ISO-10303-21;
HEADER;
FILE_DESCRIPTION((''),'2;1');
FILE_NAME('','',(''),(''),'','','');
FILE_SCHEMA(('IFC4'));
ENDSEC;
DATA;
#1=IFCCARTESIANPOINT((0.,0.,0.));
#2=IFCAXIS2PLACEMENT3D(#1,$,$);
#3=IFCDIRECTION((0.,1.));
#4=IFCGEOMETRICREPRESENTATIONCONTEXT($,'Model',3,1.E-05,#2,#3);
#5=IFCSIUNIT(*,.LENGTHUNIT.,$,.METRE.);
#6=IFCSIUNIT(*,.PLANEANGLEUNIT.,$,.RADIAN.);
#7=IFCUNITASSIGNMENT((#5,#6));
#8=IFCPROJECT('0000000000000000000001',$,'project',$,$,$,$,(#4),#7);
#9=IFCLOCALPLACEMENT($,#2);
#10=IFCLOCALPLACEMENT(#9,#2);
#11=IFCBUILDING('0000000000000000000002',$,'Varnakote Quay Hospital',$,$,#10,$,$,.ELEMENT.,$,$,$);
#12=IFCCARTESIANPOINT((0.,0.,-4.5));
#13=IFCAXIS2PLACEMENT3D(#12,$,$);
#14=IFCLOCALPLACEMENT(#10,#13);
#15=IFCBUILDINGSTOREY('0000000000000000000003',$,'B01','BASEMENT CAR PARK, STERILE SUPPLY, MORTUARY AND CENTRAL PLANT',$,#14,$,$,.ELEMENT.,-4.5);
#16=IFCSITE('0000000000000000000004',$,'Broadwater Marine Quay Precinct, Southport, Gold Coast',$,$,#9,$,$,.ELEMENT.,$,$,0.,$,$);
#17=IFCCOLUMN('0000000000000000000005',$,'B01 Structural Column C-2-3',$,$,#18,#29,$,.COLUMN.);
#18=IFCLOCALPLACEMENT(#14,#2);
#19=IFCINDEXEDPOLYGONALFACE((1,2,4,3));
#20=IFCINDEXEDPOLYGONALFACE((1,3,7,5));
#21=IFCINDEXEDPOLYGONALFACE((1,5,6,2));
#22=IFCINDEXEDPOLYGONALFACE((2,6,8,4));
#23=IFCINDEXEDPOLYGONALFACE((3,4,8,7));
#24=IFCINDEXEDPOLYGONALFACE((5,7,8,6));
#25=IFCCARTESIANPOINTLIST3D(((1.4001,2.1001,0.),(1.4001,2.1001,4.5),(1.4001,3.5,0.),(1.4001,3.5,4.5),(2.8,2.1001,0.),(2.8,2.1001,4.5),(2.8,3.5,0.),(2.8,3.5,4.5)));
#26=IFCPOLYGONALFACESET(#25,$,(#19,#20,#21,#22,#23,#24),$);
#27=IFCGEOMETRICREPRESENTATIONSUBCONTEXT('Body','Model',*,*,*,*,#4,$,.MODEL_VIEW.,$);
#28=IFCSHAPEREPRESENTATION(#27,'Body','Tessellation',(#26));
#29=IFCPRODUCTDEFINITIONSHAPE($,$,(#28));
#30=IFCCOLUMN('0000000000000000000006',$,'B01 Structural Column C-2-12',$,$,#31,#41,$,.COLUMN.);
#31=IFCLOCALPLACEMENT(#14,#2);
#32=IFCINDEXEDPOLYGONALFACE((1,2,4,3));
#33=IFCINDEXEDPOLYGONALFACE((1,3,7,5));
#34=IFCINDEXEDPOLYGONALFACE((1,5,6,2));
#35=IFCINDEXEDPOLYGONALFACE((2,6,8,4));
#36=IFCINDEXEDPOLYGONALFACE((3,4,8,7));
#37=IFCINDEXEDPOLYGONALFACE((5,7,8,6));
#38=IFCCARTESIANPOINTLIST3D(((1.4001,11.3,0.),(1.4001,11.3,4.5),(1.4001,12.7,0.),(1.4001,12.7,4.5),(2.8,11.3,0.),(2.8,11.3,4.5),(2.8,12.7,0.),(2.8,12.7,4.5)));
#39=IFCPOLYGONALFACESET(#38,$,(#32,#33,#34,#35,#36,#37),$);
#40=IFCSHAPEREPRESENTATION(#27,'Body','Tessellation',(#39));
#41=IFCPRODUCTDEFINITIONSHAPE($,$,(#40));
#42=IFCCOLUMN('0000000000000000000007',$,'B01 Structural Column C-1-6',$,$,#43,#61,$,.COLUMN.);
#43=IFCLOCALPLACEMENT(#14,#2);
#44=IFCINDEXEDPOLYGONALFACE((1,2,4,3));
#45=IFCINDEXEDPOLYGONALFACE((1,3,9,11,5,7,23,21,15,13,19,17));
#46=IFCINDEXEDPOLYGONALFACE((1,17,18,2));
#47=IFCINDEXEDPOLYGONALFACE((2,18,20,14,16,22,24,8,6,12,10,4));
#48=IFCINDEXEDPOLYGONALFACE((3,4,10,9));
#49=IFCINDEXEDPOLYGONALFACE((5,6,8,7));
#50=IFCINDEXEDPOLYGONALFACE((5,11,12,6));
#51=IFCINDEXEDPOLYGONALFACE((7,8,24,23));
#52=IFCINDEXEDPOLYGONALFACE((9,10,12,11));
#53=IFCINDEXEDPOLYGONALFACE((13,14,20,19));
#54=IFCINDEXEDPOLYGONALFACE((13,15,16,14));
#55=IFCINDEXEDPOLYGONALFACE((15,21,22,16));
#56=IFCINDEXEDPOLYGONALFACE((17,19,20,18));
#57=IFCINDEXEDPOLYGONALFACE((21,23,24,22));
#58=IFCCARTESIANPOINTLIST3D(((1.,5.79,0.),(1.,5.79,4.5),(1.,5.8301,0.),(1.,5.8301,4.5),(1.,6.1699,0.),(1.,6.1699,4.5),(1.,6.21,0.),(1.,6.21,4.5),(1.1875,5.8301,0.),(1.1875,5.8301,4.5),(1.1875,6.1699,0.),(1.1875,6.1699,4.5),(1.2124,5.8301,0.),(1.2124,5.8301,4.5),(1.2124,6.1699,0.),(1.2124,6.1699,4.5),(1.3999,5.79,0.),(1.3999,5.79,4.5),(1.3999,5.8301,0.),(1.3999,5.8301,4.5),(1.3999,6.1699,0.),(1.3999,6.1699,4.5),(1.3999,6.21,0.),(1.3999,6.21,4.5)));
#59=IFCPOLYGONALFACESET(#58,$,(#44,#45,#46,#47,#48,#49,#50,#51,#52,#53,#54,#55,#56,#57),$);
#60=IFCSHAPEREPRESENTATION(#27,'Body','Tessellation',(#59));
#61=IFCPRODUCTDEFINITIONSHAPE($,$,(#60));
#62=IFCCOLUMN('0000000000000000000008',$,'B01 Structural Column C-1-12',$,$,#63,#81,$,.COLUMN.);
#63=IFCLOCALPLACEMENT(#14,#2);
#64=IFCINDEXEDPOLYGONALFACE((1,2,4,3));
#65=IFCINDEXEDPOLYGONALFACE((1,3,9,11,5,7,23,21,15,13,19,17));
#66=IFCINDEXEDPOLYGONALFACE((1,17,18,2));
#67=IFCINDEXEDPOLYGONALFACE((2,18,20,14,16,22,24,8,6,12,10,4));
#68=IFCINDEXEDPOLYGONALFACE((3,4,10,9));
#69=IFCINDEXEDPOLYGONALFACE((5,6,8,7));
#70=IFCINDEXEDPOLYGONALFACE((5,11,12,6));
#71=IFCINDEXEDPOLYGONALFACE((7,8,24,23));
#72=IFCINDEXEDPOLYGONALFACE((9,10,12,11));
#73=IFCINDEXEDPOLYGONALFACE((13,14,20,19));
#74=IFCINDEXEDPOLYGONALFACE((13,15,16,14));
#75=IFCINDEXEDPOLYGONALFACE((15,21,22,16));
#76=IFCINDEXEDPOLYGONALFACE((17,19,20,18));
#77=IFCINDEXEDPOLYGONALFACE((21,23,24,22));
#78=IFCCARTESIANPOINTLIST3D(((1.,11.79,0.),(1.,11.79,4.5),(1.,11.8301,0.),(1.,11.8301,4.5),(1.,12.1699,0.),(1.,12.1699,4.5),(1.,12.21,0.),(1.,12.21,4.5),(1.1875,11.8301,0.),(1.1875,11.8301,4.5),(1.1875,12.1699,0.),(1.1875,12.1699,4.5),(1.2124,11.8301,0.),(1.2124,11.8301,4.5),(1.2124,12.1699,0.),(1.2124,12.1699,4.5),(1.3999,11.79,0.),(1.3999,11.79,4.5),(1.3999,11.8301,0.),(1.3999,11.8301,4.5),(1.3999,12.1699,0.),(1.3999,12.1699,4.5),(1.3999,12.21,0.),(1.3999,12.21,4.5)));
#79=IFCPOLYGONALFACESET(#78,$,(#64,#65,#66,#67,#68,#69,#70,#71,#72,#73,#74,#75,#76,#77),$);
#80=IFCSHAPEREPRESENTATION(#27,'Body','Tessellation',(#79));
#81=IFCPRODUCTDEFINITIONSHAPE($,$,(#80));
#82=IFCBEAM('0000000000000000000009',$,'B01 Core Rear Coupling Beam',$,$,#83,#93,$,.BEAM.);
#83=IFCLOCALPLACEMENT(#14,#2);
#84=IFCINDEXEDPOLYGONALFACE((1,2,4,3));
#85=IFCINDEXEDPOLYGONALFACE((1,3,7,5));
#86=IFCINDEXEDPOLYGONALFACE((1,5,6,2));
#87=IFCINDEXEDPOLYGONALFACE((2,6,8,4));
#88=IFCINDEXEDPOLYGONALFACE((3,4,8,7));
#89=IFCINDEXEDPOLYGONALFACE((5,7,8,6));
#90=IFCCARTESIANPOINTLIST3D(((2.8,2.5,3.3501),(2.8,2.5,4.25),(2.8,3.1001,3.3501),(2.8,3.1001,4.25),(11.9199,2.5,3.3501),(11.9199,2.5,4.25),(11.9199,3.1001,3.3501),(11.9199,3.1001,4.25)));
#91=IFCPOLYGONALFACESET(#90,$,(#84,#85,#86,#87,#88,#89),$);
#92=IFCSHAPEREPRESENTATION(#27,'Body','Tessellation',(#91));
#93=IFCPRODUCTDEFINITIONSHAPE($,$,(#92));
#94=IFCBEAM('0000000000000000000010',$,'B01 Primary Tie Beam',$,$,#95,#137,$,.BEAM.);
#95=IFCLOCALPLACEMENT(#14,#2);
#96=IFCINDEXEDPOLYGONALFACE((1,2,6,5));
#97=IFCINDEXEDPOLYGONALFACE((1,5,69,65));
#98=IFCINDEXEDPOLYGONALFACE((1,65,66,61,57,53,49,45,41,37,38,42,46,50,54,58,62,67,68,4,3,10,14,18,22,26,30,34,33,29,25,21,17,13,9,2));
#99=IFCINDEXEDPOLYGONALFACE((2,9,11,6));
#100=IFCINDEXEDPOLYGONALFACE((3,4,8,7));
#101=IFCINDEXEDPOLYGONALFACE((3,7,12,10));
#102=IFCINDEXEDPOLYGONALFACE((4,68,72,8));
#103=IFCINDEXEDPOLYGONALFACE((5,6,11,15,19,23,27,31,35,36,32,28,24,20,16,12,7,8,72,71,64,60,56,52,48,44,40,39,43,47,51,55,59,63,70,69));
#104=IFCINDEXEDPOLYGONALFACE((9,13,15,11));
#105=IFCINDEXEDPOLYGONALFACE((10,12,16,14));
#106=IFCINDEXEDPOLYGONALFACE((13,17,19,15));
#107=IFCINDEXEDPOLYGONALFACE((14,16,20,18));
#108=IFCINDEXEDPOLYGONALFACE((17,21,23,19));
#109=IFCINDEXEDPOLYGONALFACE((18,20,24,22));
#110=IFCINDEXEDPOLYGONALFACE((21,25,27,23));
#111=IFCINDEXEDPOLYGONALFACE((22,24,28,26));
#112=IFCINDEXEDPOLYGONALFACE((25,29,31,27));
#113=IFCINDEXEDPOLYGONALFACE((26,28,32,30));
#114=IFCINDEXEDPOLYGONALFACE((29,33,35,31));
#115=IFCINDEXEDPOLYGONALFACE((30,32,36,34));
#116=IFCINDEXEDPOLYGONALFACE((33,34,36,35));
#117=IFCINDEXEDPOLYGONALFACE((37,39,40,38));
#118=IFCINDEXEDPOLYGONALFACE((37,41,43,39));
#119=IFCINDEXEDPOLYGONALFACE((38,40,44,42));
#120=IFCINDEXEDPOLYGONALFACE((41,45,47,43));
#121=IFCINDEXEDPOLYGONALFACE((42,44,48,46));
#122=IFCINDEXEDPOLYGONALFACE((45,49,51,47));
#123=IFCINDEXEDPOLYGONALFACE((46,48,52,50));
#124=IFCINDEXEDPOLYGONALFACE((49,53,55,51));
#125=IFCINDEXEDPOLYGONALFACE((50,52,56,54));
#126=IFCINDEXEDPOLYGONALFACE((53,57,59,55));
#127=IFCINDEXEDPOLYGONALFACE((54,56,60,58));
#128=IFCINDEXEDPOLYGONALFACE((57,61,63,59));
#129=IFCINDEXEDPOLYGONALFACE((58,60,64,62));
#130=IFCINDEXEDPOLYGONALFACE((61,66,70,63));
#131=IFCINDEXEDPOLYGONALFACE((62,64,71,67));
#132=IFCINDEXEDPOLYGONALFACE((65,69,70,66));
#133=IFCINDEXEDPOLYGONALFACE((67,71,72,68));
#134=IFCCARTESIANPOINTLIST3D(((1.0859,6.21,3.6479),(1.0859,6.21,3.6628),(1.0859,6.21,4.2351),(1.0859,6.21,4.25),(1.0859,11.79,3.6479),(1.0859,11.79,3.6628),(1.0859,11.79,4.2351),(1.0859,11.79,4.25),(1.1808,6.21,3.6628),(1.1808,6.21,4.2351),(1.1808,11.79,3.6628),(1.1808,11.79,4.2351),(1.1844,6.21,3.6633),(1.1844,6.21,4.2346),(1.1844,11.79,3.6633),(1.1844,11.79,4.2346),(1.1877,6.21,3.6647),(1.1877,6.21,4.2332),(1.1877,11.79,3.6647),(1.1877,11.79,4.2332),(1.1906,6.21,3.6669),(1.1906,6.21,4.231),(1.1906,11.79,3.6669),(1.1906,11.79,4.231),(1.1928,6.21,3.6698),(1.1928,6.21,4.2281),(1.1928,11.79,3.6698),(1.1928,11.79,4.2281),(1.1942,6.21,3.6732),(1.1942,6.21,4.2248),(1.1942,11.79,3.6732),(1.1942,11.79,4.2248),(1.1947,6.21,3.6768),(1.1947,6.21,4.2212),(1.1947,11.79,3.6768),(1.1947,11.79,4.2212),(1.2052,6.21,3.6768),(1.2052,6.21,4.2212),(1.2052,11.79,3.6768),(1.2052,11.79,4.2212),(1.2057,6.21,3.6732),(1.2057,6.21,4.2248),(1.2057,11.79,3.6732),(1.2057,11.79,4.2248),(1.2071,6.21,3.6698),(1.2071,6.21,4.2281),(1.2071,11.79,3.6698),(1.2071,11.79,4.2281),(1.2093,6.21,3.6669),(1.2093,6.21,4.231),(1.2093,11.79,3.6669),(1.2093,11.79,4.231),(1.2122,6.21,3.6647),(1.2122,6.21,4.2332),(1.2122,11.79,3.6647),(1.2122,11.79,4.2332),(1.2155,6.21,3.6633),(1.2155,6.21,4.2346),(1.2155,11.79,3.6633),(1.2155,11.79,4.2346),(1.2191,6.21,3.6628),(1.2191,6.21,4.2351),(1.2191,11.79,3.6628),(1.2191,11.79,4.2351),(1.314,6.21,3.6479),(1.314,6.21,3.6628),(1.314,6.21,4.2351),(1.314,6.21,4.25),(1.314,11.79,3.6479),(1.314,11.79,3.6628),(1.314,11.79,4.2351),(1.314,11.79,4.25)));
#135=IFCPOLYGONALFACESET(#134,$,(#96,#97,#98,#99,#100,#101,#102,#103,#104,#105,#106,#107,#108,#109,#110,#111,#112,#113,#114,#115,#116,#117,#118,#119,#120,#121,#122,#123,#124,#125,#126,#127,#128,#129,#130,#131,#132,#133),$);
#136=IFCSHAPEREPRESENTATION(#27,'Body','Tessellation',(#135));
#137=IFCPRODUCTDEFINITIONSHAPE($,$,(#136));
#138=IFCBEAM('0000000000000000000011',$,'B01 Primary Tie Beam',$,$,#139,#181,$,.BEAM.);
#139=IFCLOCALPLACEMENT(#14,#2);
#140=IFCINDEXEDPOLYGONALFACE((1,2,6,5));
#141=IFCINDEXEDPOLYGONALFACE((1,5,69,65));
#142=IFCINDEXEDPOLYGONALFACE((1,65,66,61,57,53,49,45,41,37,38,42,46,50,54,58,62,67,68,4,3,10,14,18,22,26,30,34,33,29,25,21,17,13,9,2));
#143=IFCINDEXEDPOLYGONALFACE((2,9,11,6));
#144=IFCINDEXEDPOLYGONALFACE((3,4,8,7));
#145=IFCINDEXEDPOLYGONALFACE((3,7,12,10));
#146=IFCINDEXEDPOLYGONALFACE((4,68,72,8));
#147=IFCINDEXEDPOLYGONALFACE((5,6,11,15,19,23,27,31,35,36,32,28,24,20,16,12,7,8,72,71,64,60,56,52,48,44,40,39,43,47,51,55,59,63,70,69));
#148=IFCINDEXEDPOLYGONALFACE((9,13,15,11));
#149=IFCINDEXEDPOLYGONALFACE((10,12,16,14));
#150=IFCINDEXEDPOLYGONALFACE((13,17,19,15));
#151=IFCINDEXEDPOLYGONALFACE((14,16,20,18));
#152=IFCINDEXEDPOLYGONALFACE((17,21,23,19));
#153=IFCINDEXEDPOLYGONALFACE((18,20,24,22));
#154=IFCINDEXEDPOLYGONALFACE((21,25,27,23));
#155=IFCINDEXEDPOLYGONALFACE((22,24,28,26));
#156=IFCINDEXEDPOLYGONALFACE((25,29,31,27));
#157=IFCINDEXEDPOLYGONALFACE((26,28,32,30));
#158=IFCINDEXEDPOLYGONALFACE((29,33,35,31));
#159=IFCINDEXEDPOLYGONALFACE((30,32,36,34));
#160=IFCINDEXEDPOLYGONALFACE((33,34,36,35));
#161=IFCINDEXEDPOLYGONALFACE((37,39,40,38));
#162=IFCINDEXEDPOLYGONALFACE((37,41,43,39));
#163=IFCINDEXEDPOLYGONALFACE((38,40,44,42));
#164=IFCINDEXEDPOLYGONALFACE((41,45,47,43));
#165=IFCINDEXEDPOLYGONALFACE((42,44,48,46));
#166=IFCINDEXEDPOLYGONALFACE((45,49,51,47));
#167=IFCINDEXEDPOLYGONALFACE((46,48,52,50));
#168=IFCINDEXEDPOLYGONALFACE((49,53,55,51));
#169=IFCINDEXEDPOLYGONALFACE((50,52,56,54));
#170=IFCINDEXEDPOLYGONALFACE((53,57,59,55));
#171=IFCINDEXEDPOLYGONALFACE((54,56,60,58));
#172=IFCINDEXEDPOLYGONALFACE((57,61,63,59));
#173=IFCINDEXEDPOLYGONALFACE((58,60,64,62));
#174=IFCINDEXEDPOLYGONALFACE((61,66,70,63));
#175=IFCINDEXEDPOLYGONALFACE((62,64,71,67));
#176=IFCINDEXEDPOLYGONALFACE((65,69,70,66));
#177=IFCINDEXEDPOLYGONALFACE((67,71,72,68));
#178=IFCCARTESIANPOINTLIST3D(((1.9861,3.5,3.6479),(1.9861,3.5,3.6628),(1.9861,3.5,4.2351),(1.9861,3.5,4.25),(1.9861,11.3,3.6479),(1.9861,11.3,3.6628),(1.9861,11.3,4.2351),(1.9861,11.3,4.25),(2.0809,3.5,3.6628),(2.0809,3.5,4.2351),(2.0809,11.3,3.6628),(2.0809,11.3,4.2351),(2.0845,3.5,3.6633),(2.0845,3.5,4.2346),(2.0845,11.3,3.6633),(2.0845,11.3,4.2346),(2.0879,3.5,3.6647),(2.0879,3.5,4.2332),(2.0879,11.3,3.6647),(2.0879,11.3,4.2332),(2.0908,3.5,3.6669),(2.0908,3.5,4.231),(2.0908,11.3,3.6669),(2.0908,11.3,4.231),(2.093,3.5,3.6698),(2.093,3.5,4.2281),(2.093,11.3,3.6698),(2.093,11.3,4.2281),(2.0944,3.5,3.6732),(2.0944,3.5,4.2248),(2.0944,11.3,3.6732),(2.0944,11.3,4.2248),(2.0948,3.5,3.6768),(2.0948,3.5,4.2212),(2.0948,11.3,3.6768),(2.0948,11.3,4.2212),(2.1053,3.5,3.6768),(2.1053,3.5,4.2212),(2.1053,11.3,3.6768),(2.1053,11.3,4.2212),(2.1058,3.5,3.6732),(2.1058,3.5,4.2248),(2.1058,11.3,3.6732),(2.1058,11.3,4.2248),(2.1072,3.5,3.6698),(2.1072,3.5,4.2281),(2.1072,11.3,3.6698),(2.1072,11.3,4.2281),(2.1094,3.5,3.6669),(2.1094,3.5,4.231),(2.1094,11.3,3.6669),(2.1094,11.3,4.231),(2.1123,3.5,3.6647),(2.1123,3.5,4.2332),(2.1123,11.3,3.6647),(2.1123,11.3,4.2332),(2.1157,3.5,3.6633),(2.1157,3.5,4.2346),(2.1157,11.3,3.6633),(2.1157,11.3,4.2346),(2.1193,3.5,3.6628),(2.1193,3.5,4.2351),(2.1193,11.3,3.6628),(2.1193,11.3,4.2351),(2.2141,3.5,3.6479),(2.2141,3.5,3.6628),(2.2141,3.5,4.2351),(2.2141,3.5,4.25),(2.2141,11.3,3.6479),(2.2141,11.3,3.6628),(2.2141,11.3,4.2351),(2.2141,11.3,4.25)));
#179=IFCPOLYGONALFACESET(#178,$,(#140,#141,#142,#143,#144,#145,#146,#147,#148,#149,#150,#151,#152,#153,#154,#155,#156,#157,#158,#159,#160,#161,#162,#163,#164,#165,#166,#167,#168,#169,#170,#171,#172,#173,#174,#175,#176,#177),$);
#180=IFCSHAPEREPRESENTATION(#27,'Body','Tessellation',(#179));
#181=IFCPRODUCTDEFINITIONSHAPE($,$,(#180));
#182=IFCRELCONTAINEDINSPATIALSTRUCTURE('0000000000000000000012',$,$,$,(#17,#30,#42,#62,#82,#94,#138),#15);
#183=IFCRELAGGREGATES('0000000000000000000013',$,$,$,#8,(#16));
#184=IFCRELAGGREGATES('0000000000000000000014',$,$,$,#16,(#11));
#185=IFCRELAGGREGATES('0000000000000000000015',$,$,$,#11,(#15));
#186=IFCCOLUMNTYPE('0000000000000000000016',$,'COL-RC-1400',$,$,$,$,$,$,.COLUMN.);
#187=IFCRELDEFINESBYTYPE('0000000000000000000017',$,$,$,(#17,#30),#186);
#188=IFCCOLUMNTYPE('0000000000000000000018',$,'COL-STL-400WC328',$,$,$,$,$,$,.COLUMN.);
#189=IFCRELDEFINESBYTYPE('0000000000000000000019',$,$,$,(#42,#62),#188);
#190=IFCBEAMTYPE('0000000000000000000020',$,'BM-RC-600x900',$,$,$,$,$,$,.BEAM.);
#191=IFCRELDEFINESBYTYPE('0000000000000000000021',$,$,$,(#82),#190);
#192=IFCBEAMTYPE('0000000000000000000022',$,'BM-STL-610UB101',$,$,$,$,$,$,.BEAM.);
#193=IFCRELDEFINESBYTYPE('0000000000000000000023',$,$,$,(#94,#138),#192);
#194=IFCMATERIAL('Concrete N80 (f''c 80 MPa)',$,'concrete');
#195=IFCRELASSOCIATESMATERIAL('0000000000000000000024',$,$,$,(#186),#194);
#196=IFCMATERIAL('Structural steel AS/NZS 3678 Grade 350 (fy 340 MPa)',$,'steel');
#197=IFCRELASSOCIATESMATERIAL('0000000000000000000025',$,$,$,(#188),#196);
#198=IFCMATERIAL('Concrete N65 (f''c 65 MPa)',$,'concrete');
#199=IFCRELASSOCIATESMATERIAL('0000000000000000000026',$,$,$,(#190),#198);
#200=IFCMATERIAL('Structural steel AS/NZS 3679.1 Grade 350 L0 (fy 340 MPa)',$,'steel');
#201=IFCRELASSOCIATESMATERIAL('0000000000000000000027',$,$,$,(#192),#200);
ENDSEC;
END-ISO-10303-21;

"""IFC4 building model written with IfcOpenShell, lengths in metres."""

from ifc_helpers import new_model, si_unit, direction, frame, origin, origin_2d, place, context, subcontext, project, spatial, rectangle, i_section, extrude, material, material_profile, profile_set, type_object, element, save


model = new_model("IFC4")

# Units and contexts
model_context = context("Model", 3, precision=1e-05, world=origin(), true_north=direction((0.0, 1.0)))
body_context = subcontext(model_context, "Body", "Model", "MODEL_VIEW")
ifc_project = project(units=[si_unit("LENGTHUNIT", "METRE"), si_unit("PLANEANGLEUNIT", "RADIAN")], contexts=[model_context])

# Site, building, storey
site_placement = place(None, origin())
site = spatial("IfcSite", under=ifc_project, at=site_placement, Name="Broadwater Marine Quay Precinct, Southport, Gold Coast", CompositionType="ELEMENT", RefElevation=0.0)
building_placement = place(site_placement, origin())
building = spatial("IfcBuilding", under=site, at=building_placement, Name="Varnakote Quay Hospital", CompositionType="ELEMENT")
storey_placement = place(building_placement, frame((0.0, 0.0, -4.5)))
storey = spatial("IfcBuildingStorey", under=building, at=storey_placement, Name="B01", Description="BASEMENT CAR PARK, STERILE SUPPLY, MORTUARY AND CENTRAL PLANT", CompositionType="ELEMENT", Elevation=-4.5)

# Columns
ifc_material_1 = material(Name="Concrete N80 (f'c 80 MPa)", Category="concrete")
ifc_material_profile_1 = material_profile(ifc_material_1, rectangle(XDim=1.3999, YDim=1.3999, at=origin_2d()), Name="RC-COL-1400x1400")
ifc_profile_set_1 = profile_set([ifc_material_profile_1], Name="Concrete N80 (f'c 80 MPa)")
column_type_1 = type_object("IfcColumnType", Name="COL-RC-1400", PredefinedType="COLUMN", material=ifc_profile_set_1)
for number, where, z_axis, x_axis, name in (
    (1, (2.1001, 2.8, 0.0), (0.0, 0.0, 1.0), (1.0, 0.0, 0.0), "B01 Structural Column C-2-3"),
    (2, (2.1001, 12.0, 0.0), (0.0, 0.0, 1.0), (1.0, 0.0, 0.0), "B01 Structural Column C-2-12"),
):
    element("IfcColumn", number, at=place(storey_placement, frame(where, z_axis=z_axis, x_axis=x_axis)), inside=storey, type_object=column_type_1, Name=name, PredefinedType="COLUMN", context=body_context, shape_type="SweptSolid", body=[
        extrude(rectangle(XDim=1.3999, YDim=1.3999, at=origin_2d()), origin(), (0.0, 0.0, 1.0), 4.5),
    ])
ifc_material_2 = material(Name="Structural steel AS/NZS 3678 Grade 350 (fy 340 MPa)", Category="steel")
ifc_material_profile_2 = material_profile(ifc_material_2, i_section(OverallWidth=0.3999, OverallDepth=0.4199, WebThickness=0.0249, FlangeThickness=0.04, at=origin_2d()), Name="400WC328")
ifc_profile_set_2 = profile_set([ifc_material_profile_2], Name="Structural steel AS/NZS 3678 Grade 350 (fy 340 MPa)")
column_type_2 = type_object("IfcColumnType", Name="COL-STL-400WC328", PredefinedType="COLUMN", material=ifc_profile_set_2)
for number, where, z_axis, x_axis, name in (
    (3, (1.2, 6.0, 0.0), (0.0, 0.0, 1.0), (1.0, 0.0, 0.0), "B01 Structural Column C-1-6"),
    (4, (1.2, 12.0, 0.0), (0.0, 0.0, 1.0), (1.0, 0.0, 0.0), "B01 Structural Column C-1-12"),
):
    element("IfcColumn", number, at=place(storey_placement, frame(where, z_axis=z_axis, x_axis=x_axis)), inside=storey, type_object=column_type_2, Name=name, PredefinedType="COLUMN", context=body_context, shape_type="SweptSolid", body=[
        extrude(i_section(OverallWidth=0.3999, OverallDepth=0.4199, WebThickness=0.0249, FlangeThickness=0.04, at=origin_2d()), origin(), (0.0, 0.0, 1.0), 4.5),
    ])

# Beams
ifc_material_3 = material(Name="Concrete N65 (f'c 65 MPa)", Category="concrete")
ifc_material_profile_3 = material_profile(ifc_material_3, rectangle(XDim=0.6001, YDim=0.8999, at=origin_2d()), Name="RC-BM-600x900")
ifc_profile_set_3 = profile_set([ifc_material_profile_3], Name="Concrete N65 (f'c 65 MPa)")
beam_type_1 = type_object("IfcBeamType", Name="BM-RC-600x900", PredefinedType="BEAM", material=ifc_profile_set_3)
beam_1_placement = place(storey_placement, frame((2.8, 2.8, 3.8), z_axis=(1.0, 0.0, 0.0), x_axis=(0.0, 1.0, 0.0)))
element("IfcBeam", 5, at=beam_1_placement, inside=storey, type_object=beam_type_1, Name="B01 Core Rear Coupling Beam", PredefinedType="BEAM", context=body_context, shape_type="SweptSolid", body=[
    extrude(rectangle(XDim=0.6001, YDim=0.8999, at=origin_2d()), origin(), (0.0, 0.0, 1.0), 9.1199),
])
ifc_material_4 = material(Name="Structural steel AS/NZS 3679.1 Grade 350 L0 (fy 340 MPa)", Category="steel")
ifc_material_profile_4 = material_profile(ifc_material_4, i_section(OverallWidth=0.228, OverallDepth=0.6021, WebThickness=0.0105, FlangeThickness=0.0149, FilletRadius=0.0139, at=origin_2d()), Name="610UB101")
ifc_profile_set_4 = profile_set([ifc_material_profile_4], Name="Structural steel AS/NZS 3679.1 Grade 350 L0 (fy 340 MPa)")
beam_type_2 = type_object("IfcBeamType", Name="BM-STL-610UB101", PredefinedType="BEAM", material=ifc_profile_set_4)
beam_2_placement = place(storey_placement, frame((1.2, 6.21, 3.949), z_axis=(0.0, 1.0, 0.0), x_axis=(-1.0, 0.0, 0.0)))
element("IfcBeam", 6, at=beam_2_placement, inside=storey, type_object=beam_type_2, Name="B01 Primary Tie Beam", PredefinedType="BEAM", context=body_context, shape_type="SweptSolid", body=[
    extrude(i_section(OverallWidth=0.228, OverallDepth=0.6021, WebThickness=0.0105, FlangeThickness=0.0149, FilletRadius=0.0139, at=origin_2d()), origin(), (0.0, 0.0, 1.0), 5.5801),
])
beam_3_placement = place(storey_placement, frame((2.1001, 3.5, 3.949), z_axis=(0.0, 1.0, 0.0), x_axis=(-1.0, 0.0, 0.0)))
element("IfcBeam", 7, at=beam_3_placement, inside=storey, type_object=beam_type_2, Name="B01 Primary Tie Beam", PredefinedType="BEAM", context=body_context, shape_type="SweptSolid", body=[
    extrude(i_section(OverallWidth=0.228, OverallDepth=0.6021, WebThickness=0.0105, FlangeThickness=0.0149, FilletRadius=0.0139, at=origin_2d()), origin(), (0.0, 0.0, 1.0), 7.8),
])

save(model, "model.ifc")
